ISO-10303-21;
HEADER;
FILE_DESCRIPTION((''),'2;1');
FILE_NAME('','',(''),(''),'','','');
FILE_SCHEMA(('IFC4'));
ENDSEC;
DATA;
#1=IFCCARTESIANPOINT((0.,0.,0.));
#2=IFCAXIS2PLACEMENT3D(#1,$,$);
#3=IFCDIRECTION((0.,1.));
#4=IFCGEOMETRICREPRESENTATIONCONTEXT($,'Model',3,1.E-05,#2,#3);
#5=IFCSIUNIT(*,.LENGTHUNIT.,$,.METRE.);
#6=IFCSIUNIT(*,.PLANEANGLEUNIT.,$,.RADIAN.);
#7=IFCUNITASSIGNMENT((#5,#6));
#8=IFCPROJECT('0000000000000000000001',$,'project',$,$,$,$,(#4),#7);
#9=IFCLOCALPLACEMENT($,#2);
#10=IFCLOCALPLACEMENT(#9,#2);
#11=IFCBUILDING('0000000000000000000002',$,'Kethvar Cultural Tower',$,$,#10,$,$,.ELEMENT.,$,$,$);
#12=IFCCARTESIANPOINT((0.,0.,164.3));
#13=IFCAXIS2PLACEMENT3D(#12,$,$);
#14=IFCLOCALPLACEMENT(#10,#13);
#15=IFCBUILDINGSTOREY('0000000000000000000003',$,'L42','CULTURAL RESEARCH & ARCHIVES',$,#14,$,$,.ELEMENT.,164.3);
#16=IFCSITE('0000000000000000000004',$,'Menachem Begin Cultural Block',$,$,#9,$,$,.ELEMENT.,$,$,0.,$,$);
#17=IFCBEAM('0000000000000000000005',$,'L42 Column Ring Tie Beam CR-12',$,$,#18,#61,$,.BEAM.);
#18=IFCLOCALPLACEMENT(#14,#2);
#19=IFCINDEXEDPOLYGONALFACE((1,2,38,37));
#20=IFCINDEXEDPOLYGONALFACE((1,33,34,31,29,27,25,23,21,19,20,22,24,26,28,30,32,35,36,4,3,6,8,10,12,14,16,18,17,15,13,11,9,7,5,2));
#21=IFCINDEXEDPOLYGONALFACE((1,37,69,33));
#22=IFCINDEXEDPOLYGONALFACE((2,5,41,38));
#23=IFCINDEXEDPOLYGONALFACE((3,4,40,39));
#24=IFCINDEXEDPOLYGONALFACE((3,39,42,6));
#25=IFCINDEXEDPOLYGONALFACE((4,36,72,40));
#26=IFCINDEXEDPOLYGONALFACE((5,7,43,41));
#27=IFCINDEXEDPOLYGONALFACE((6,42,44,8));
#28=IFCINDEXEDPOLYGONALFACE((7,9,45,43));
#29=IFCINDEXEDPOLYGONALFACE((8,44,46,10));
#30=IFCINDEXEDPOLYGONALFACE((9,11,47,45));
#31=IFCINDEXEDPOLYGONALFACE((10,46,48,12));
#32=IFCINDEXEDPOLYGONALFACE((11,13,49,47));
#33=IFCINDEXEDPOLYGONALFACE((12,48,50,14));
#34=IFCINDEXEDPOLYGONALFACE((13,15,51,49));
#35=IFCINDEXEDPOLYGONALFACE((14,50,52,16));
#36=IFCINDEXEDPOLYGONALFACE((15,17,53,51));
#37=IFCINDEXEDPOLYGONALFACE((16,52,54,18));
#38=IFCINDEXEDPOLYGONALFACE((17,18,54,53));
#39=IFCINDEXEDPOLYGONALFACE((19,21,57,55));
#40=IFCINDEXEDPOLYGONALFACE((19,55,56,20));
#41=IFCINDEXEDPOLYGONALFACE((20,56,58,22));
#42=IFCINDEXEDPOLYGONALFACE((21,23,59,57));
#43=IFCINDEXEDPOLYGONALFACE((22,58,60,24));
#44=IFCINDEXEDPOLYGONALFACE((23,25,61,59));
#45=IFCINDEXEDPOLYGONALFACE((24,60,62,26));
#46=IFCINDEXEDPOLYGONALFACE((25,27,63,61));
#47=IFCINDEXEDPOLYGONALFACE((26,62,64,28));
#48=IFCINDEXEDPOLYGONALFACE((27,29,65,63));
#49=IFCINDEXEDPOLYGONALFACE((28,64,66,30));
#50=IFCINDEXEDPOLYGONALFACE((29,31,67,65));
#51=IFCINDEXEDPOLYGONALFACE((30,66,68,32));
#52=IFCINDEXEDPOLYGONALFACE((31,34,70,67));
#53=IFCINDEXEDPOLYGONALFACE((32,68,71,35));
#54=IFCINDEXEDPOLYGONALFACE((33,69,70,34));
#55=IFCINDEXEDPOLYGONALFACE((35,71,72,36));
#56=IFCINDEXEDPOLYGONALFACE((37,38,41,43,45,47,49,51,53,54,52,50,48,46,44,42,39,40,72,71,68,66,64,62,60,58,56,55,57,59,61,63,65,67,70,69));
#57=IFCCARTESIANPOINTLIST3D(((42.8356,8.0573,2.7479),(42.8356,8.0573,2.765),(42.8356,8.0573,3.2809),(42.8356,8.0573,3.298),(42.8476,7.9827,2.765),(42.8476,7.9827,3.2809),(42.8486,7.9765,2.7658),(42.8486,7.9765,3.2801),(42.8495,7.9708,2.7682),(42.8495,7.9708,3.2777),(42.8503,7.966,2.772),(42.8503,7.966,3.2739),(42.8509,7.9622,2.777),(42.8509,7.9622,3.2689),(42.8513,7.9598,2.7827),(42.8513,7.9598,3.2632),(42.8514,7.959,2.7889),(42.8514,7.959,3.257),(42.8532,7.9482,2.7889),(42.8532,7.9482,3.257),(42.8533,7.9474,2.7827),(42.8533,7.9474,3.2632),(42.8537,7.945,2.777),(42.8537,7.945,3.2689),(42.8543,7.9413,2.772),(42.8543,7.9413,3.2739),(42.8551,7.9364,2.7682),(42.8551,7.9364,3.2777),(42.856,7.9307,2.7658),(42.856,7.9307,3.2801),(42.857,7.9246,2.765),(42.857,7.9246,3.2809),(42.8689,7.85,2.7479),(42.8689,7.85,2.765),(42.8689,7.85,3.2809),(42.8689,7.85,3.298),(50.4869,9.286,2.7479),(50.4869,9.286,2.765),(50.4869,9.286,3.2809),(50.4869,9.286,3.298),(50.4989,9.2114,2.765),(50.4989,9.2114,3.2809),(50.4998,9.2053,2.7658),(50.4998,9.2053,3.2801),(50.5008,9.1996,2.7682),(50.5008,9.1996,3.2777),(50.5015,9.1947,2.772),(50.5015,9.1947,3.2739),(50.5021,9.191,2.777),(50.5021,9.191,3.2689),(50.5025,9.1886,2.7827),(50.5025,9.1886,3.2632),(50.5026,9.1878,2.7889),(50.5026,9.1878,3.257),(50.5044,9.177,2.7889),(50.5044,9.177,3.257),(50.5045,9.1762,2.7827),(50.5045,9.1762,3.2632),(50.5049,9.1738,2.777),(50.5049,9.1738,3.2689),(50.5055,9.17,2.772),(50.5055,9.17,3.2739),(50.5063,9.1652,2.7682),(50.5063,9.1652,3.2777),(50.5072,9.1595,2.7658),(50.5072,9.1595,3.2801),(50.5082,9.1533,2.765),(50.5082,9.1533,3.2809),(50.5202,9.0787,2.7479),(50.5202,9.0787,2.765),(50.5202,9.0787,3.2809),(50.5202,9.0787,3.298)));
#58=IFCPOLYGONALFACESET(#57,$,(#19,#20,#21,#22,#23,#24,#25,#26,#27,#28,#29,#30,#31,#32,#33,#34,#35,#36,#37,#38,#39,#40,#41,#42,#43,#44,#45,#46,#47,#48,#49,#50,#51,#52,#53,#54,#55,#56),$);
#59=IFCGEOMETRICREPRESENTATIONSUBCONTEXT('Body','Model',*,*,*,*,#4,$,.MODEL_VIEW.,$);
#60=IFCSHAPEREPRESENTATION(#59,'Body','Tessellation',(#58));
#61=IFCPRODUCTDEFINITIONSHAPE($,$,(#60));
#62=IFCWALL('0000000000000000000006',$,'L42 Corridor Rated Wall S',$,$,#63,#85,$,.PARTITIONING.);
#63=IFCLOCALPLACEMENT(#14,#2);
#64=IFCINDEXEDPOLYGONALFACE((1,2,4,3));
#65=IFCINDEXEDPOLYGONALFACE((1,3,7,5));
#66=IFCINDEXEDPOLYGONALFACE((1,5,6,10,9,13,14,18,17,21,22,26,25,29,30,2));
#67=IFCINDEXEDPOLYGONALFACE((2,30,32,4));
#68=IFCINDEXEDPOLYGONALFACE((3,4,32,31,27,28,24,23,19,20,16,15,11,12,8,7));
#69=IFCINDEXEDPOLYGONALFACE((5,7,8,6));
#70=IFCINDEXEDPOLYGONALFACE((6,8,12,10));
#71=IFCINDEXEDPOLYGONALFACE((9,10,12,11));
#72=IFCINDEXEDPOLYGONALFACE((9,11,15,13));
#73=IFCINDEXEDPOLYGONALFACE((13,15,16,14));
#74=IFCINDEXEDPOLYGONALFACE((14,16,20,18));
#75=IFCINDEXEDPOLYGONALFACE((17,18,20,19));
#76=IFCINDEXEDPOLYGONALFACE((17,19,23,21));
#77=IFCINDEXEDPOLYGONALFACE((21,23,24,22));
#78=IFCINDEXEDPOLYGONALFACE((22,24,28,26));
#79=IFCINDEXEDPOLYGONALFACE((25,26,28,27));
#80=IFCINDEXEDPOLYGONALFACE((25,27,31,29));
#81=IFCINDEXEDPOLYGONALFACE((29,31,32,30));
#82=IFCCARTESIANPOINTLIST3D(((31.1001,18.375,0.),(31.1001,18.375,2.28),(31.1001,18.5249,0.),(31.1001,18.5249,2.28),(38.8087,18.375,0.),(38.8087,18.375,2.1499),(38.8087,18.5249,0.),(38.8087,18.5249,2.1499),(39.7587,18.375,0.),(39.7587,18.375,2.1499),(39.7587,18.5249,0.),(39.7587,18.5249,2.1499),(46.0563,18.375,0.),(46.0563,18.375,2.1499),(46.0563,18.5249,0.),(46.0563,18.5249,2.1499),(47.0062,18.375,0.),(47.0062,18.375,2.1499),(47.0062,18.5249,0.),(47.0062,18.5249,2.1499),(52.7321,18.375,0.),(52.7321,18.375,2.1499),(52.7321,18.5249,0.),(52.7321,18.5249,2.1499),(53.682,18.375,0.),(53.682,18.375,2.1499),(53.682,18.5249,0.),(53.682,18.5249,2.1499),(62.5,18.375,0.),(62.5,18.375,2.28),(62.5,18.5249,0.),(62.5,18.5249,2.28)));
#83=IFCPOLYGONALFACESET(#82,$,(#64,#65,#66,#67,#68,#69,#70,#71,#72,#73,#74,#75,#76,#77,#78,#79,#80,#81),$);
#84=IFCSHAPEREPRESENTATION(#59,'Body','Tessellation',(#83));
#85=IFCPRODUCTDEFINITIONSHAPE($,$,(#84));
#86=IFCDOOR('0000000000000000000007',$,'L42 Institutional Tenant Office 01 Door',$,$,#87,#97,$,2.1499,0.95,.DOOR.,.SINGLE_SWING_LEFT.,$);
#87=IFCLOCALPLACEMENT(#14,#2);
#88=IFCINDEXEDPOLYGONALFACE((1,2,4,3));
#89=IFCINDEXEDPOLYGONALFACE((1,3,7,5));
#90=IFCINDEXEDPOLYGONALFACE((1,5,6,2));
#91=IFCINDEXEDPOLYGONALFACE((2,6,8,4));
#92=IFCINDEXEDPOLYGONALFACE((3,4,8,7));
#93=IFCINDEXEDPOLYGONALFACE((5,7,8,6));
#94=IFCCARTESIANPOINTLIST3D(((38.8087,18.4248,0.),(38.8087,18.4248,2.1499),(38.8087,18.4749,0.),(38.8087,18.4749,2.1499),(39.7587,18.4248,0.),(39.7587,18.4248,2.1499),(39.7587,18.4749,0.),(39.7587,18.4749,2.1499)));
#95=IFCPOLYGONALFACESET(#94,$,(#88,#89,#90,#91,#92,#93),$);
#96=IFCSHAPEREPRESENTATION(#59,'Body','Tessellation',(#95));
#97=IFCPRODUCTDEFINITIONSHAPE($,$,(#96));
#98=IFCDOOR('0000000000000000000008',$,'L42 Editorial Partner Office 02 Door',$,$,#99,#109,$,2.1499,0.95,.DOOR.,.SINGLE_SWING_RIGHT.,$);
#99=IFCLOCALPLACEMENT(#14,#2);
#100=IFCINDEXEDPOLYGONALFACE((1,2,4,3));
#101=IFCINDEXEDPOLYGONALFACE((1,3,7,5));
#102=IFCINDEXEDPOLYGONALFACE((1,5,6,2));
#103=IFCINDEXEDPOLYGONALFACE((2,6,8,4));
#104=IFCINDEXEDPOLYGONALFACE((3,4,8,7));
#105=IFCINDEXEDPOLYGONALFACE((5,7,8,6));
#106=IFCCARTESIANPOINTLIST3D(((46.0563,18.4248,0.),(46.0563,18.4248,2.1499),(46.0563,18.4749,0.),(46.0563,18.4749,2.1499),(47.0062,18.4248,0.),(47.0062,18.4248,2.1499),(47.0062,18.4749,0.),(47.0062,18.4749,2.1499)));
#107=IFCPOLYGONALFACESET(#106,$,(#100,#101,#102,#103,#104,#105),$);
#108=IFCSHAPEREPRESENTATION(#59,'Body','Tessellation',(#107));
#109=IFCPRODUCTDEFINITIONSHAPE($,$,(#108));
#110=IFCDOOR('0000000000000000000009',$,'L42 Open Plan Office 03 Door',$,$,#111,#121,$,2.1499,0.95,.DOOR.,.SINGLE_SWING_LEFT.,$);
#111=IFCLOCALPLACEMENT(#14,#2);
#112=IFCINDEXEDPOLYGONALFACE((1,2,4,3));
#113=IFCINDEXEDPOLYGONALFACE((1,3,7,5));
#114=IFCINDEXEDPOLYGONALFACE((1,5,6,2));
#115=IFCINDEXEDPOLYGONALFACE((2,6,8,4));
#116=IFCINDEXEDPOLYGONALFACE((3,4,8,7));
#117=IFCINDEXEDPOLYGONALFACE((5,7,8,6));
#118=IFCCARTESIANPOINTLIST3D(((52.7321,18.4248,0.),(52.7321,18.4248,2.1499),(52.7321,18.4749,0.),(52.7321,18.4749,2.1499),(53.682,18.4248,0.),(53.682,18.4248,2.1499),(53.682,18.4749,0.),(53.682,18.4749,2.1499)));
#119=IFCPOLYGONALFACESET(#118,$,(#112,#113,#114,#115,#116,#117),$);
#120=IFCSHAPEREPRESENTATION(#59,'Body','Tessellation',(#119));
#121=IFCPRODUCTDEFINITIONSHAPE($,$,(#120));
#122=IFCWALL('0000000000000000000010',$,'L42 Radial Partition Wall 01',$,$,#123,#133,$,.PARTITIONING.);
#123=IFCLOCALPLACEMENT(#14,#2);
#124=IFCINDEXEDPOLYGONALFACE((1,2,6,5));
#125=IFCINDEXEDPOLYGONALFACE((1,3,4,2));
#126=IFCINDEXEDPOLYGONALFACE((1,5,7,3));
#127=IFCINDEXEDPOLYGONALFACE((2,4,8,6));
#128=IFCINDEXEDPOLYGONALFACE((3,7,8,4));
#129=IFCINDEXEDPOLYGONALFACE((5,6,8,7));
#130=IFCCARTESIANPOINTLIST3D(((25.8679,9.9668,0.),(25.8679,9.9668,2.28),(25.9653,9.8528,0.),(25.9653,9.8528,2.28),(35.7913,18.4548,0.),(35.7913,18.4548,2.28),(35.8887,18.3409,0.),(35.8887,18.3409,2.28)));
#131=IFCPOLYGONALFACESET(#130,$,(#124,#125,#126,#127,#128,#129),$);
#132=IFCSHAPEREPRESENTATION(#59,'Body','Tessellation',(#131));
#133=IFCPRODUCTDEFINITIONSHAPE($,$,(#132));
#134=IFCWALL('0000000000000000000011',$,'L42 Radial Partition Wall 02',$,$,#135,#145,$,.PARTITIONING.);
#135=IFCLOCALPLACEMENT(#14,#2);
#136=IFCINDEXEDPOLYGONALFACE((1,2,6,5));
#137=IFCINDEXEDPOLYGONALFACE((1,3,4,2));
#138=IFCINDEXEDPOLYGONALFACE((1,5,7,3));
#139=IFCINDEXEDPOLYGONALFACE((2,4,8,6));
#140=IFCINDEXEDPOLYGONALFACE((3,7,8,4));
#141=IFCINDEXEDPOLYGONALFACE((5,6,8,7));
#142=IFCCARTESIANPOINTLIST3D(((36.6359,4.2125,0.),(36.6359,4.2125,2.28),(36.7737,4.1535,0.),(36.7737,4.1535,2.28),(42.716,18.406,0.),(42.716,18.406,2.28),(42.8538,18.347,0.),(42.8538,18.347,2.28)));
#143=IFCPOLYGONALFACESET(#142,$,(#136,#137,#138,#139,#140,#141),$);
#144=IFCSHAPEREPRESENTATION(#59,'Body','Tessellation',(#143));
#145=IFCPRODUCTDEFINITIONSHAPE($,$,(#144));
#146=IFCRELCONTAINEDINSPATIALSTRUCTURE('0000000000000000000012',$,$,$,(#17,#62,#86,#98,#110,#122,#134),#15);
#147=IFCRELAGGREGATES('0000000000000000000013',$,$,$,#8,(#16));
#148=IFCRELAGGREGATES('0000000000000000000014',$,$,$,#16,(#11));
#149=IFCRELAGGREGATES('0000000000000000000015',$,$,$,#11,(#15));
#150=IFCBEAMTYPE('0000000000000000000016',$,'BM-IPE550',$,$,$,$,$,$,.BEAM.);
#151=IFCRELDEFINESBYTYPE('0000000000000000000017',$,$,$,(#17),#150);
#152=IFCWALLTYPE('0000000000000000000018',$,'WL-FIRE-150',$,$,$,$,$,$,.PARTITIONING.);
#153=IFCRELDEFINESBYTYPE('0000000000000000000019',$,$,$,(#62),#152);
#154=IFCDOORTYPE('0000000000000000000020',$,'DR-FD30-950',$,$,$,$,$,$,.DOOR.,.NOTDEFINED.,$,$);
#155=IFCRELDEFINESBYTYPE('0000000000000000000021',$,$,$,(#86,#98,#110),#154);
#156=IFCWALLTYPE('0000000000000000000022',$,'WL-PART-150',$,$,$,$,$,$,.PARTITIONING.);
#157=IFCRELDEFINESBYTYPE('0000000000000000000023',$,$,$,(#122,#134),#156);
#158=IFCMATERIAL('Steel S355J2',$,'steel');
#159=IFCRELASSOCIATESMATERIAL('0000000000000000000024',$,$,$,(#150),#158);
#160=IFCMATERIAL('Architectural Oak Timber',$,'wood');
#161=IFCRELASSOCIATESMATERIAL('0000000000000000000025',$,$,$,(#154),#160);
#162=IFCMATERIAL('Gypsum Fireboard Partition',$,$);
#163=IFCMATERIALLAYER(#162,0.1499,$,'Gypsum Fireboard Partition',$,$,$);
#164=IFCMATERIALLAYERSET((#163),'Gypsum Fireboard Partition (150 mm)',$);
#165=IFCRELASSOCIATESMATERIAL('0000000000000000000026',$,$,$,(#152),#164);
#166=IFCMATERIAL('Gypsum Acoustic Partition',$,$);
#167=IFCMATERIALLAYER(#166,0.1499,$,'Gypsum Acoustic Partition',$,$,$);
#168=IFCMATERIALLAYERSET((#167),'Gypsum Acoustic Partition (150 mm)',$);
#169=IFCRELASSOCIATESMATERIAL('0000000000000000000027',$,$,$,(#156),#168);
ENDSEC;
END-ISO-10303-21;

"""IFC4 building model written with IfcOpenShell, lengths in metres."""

from ifc_helpers import new_model, si_unit, direction, frame, frame_2d, origin, origin_2d, place, context, subcontext, project, spatial, rectangle, i_section, extrude, source, transform, mapped, material, layer, layer_set, material_profile, profile_set, type_object, element, fill, save


model = new_model("IFC4")

# Units and contexts
model_context = context("Model", 3, precision=1e-05, world=origin(), true_north=direction((0.0, 1.0)))
body_context = subcontext(model_context, "Body", "Model", "MODEL_VIEW")
ifc_project = project(units=[si_unit("LENGTHUNIT", "METRE"), si_unit("PLANEANGLEUNIT", "RADIAN")], contexts=[model_context])

# Site, building, storey
site_placement = place(None, origin())
site = spatial("IfcSite", under=ifc_project, at=site_placement, Name="Menachem Begin Cultural Block", CompositionType="ELEMENT", RefElevation=0.0)
building_placement = place(site_placement, origin())
building = spatial("IfcBuilding", under=site, at=building_placement, Name="Kethvar Cultural Tower", CompositionType="ELEMENT")
storey_placement = place(building_placement, frame((0.0, 0.0, 164.3)))
storey = spatial("IfcBuildingStorey", under=building, at=storey_placement, Name="L42", Description="CULTURAL RESEARCH & ARCHIVES", CompositionType="ELEMENT", Elevation=164.3)

# Beam
ifc_material_1 = material(Name="Steel S355J2", Category="steel")
ifc_material_profile_1 = material_profile(ifc_material_1, i_section(OverallWidth=0.21, OverallDepth=0.55, WebThickness=0.011, FlangeThickness=0.0171, FilletRadius=0.0239, at=origin_2d()), Name="Steel S355J2 — IPE550")
ifc_profile_set_1 = profile_set([ifc_material_profile_1], Name="Steel S355J2 — IPE550")
beam_type_1 = type_object("IfcBeamType", Name="BM-IPE550", PredefinedType="BEAM", material=ifc_profile_set_1)
shared_shape_1 = source(origin(), body_context, "Body", "SweptSolid", [
    extrude(i_section(OverallWidth=0.21, OverallDepth=0.55, WebThickness=0.011, FlangeThickness=0.0171, FilletRadius=0.0239, at=origin_2d()), origin(), (0.0, 0.0, 1.0), 7.7493),
])
beam_1_placement = place(storey_placement, frame((42.8523, 7.9536, 3.0229), z_axis=(0.987348, 0.158567, 0.0), x_axis=(-0.158567, 0.987348, 0.0)))
element("IfcBeam", 1, at=beam_1_placement, inside=storey, type_object=beam_type_1, Name="L42 Column Ring Tie Beam CR-12", PredefinedType="BEAM", context=body_context, shape_type="MappedRepresentation", body=[
    mapped(shared_shape_1, transform((0.0, 0.0, 0.0), scale=1.0)),
])

# Wall, openings, doors
ifc_material_2 = material(Name="Architectural Oak Timber", Category="wood")
door_type_1 = type_object("IfcDoorType", Name="DR-FD30-950", OperationType="NOTDEFINED", PredefinedType="DOOR", material=ifc_material_2)
shared_shape_2 = source(origin(), body_context, "Body", "SweptSolid", [
    extrude(rectangle(XDim=0.95, YDim=2.1499, at=frame_2d((0.4751, 1.075))), frame((0.0, 0.0249, 0.0), z_axis=(0.0, -1.0, 0.0), x_axis=(1.0, 0.0, 0.0)), (0.0, 0.0, 1.0), 0.05),
])
ifc_material_3 = material(Name="Gypsum Fireboard Partition")
ifc_layer_1 = layer(ifc_material_3, 0.1499, Name="Gypsum Fireboard Partition")
ifc_layer_set_1 = layer_set([ifc_layer_1], Name="Gypsum Fireboard Partition (150 mm)")
wall_type_1 = type_object("IfcWallType", Name="WL-FIRE-150", PredefinedType="PARTITIONING", material=ifc_layer_set_1)
wall_1_placement = place(storey_placement, frame((31.1001, 18.45, 0.0), z_axis=(0.0, 0.0, 1.0), x_axis=(1.0, 0.0, 0.0)))
wall_1 = element("IfcWall", 2, at=wall_1_placement, inside=storey, type_object=wall_type_1, Name="L42 Corridor Rated Wall S", PredefinedType="PARTITIONING", context=body_context, shape_type="SweptSolid", body=[
    extrude(rectangle(XDim=31.3999, YDim=0.1499, at=frame_2d((15.7, 0.0))), origin(), (0.0, 0.0, 1.0), 2.28),
])
opening_1_placement = place(wall_1_placement, frame((7.7085, 0.0, 0.0)))
opening_1 = element("IfcOpeningElement", 3, at=opening_1_placement, cuts=wall_1, PredefinedType="OPENING", context=body_context, shape_type="SweptSolid", body=[
    extrude(rectangle(XDim=0.95, YDim=2.1499, at=frame_2d((0.4751, 1.075))), frame((0.0, 0.085, 0.0), z_axis=(0.0, -1.0, 0.0), x_axis=(1.0, 0.0, 0.0)), (0.0, 0.0, 1.0), 0.1699),
])
opening_2_placement = place(wall_1_placement, frame((14.9561, 0.0, 0.0)))
opening_2 = element("IfcOpeningElement", 4, at=opening_2_placement, cuts=wall_1, PredefinedType="OPENING", context=body_context, shape_type="SweptSolid", body=[
    extrude(rectangle(XDim=0.95, YDim=2.1499, at=frame_2d((0.4751, 1.075))), frame((0.0, 0.085, 0.0), z_axis=(0.0, -1.0, 0.0), x_axis=(1.0, 0.0, 0.0)), (0.0, 0.0, 1.0), 0.1699),
])
opening_3_placement = place(wall_1_placement, frame((21.6318, 0.0, 0.0)))
opening_3 = element("IfcOpeningElement", 5, at=opening_3_placement, cuts=wall_1, PredefinedType="OPENING", context=body_context, shape_type="SweptSolid", body=[
    extrude(rectangle(XDim=0.95, YDim=2.1499, at=frame_2d((0.4751, 1.075))), frame((0.0, 0.085, 0.0), z_axis=(0.0, -1.0, 0.0), x_axis=(1.0, 0.0, 0.0)), (0.0, 0.0, 1.0), 0.1699),
])
door_1_placement = place(opening_1_placement, origin())
door_1 = element("IfcDoor", 6, at=door_1_placement, inside=storey, type_object=door_type_1, Name="L42 Institutional Tenant Office 01 Door", OperationType="SINGLE_SWING_LEFT", OverallHeight=2.1499, OverallWidth=0.95, PredefinedType="DOOR", context=body_context, shape_type="MappedRepresentation", body=[
    mapped(shared_shape_2, transform((0.0, 0.0, 0.0), scale=1.0)),
])
fill(opening_1, door_1)
door_2_placement = place(opening_2_placement, origin())
door_2 = element("IfcDoor", 7, at=door_2_placement, inside=storey, type_object=door_type_1, Name="L42 Editorial Partner Office 02 Door", OperationType="SINGLE_SWING_RIGHT", OverallHeight=2.1499, OverallWidth=0.95, PredefinedType="DOOR", context=body_context, shape_type="MappedRepresentation", body=[
    mapped(shared_shape_2, transform((0.0, 0.0, 0.0), scale=1.0)),
])
fill(opening_2, door_2)
door_3_placement = place(opening_3_placement, origin())
door_3 = element("IfcDoor", 8, at=door_3_placement, inside=storey, type_object=door_type_1, Name="L42 Open Plan Office 03 Door", OperationType="SINGLE_SWING_LEFT", OverallHeight=2.1499, OverallWidth=0.95, PredefinedType="DOOR", context=body_context, shape_type="MappedRepresentation", body=[
    mapped(shared_shape_2, transform((0.0, 0.0, 0.0), scale=1.0)),
])
fill(opening_3, door_3)

# Walls
ifc_material_4 = material(Name="Gypsum Acoustic Partition")
ifc_layer_2 = layer(ifc_material_4, 0.1499, Name="Gypsum Acoustic Partition")
ifc_layer_set_2 = layer_set([ifc_layer_2], Name="Gypsum Acoustic Partition (150 mm)")
wall_type_2 = type_object("IfcWallType", Name="WL-PART-150", PredefinedType="PARTITIONING", material=ifc_layer_set_2)
wall_2_placement = place(storey_placement, frame((35.8401, 18.3979, 0.0), z_axis=(0.0, 0.0, 1.0), x_axis=(-0.759925, -0.65001, 0.0)))
element("IfcWall", 9, at=wall_2_placement, inside=storey, type_object=wall_type_2, Name="L42 Radial Partition Wall 01", PredefinedType="PARTITIONING", context=body_context, shape_type="SweptSolid", body=[
    extrude(rectangle(XDim=13.0583, YDim=0.1499, at=frame_2d((6.5293, 0.0))), origin(), (0.0, 0.0, 1.0), 2.28),
])
wall_3_placement = place(storey_placement, frame((42.7849, 18.3765, 0.0), z_axis=(0.0, 0.0, 1.0), x_axis=(-0.393767, -0.91921, 0.0)))
element("IfcWall", 10, at=wall_3_placement, inside=storey, type_object=wall_type_2, Name="L42 Radial Partition Wall 02", PredefinedType="PARTITIONING", context=body_context, shape_type="SweptSolid", body=[
    extrude(rectangle(XDim=15.4409, YDim=0.1499, at=frame_2d((7.7205, 0.0))), origin(), (0.0, 0.0, 1.0), 2.28),
])

save(model, "model.ifc")
